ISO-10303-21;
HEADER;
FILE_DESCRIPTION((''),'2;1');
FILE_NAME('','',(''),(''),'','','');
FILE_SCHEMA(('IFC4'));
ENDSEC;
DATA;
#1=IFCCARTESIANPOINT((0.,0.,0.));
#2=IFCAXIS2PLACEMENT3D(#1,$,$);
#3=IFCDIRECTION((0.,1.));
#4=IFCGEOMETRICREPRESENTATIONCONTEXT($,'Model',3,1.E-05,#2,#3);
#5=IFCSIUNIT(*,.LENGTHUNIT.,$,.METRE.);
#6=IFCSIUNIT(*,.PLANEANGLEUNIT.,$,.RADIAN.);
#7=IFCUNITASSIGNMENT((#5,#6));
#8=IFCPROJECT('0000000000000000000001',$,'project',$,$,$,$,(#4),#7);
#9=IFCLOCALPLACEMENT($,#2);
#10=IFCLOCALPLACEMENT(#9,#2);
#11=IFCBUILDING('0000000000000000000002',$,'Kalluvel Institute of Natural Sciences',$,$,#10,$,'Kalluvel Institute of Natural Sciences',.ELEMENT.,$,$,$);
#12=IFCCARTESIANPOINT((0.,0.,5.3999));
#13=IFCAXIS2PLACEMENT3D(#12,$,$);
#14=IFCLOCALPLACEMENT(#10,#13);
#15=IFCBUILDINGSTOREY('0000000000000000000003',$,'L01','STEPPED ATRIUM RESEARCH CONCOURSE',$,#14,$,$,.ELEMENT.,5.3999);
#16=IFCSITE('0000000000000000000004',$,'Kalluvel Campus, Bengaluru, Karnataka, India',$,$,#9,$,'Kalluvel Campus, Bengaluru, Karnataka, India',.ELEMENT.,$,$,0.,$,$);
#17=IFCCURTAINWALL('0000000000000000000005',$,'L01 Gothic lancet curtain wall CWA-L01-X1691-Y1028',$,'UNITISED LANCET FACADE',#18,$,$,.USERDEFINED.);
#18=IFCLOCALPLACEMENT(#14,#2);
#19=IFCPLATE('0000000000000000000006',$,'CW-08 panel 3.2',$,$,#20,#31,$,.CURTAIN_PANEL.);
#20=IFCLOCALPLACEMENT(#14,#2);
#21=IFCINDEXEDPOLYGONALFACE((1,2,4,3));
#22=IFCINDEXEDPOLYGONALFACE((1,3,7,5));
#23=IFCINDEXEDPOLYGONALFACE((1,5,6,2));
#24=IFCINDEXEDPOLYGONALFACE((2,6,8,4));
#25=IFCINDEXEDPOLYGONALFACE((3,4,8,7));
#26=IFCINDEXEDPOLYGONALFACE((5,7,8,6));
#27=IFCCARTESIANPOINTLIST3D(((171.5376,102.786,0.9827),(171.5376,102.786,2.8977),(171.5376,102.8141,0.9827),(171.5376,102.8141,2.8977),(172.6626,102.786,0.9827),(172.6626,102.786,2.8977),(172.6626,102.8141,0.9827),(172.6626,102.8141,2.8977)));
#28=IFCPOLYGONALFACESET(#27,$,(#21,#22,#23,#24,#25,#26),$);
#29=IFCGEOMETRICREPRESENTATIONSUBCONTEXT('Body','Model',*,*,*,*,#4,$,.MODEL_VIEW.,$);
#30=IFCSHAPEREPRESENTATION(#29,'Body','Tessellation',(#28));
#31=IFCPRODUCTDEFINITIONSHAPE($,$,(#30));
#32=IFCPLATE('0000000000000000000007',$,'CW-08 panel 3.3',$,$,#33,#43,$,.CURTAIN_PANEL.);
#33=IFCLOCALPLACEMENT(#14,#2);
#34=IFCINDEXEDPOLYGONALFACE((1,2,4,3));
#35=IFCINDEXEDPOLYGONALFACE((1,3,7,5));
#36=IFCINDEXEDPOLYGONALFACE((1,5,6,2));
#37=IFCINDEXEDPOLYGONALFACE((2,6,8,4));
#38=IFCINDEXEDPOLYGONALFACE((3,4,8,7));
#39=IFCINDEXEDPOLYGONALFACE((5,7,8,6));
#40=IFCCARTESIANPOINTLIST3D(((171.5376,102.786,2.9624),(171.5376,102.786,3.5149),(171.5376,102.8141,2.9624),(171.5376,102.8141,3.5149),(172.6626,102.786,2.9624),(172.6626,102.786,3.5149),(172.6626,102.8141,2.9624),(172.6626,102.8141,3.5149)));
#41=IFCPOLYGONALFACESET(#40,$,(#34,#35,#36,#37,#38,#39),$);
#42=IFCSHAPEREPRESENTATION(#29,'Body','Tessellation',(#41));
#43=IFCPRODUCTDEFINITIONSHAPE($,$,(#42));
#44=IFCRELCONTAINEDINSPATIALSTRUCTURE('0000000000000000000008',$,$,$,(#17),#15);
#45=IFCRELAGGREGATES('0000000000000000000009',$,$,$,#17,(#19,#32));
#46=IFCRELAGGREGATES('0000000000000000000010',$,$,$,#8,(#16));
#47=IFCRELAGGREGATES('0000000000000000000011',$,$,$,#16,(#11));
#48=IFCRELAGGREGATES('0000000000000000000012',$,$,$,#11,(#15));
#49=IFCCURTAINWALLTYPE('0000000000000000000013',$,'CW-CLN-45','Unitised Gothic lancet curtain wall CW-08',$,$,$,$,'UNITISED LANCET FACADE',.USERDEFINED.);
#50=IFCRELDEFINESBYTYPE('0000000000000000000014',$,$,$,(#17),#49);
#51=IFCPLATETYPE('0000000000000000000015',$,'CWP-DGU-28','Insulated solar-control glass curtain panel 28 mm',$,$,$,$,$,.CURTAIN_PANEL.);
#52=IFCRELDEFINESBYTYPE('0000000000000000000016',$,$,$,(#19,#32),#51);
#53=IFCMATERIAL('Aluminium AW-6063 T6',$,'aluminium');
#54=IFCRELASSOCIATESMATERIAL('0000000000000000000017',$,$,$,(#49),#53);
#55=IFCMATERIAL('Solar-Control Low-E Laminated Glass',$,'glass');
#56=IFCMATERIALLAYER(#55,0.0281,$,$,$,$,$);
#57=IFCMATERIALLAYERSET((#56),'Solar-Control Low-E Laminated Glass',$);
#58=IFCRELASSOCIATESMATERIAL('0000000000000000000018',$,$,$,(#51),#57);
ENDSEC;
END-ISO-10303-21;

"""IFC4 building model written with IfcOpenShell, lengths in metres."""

from ifc_helpers import new_model, si_unit, direction, frame, origin, origin_2d, place, context, subcontext, project, spatial, rectangle, extrude, material, layer, layer_set, type_object, element, aggregate, save


model = new_model("IFC4")

# Units and contexts
model_context = context("Model", 3, precision=1e-05, world=origin(), true_north=direction((0.0, 1.0)))
body_context = subcontext(model_context, "Body", "Model", "MODEL_VIEW")
ifc_project = project(units=[si_unit("LENGTHUNIT", "METRE"), si_unit("PLANEANGLEUNIT", "RADIAN")], contexts=[model_context])

# Site, building, storey
site_placement = place(None, origin())
site = spatial("IfcSite", under=ifc_project, at=site_placement, Name="Kalluvel Campus, Bengaluru, Karnataka, India", LongName="Kalluvel Campus, Bengaluru, Karnataka, India", CompositionType="ELEMENT", RefElevation=0.0)
building_placement = place(site_placement, origin())
building = spatial("IfcBuilding", under=site, at=building_placement, Name="Kalluvel Institute of Natural Sciences", LongName="Kalluvel Institute of Natural Sciences", CompositionType="ELEMENT")
storey_placement = place(building_placement, frame((0.0, 0.0, 5.3999)))
storey = spatial("IfcBuildingStorey", under=building, at=storey_placement, Name="L01", Description="STEPPED ATRIUM RESEARCH CONCOURSE", CompositionType="ELEMENT", Elevation=5.3999)

# Curtain wall, plates
ifc_material_1 = material(Name="Aluminium AW-6063 T6", Category="aluminium")
curtain_wall_type = type_object("IfcCurtainWallType", Name="CW-CLN-45", Description="Unitised Gothic lancet curtain wall CW-08", ElementType="UNITISED LANCET FACADE", PredefinedType="USERDEFINED", material=ifc_material_1)
curtain_wall_placement = place(storey_placement, origin())
curtain_wall = element("IfcCurtainWall", 1, at=curtain_wall_placement, inside=storey, type_object=curtain_wall_type, Name="L01 Gothic lancet curtain wall CWA-L01-X1691-Y1028", ObjectType="UNITISED LANCET FACADE", PredefinedType="USERDEFINED")
ifc_material_2 = material(Name="Solar-Control Low-E Laminated Glass", Category="glass")
ifc_layer = layer(ifc_material_2, 0.0281)
ifc_layer_set = layer_set([ifc_layer], Name="Solar-Control Low-E Laminated Glass")
plate_type = type_object("IfcPlateType", Name="CWP-DGU-28", Description="Insulated solar-control glass curtain panel 28 mm", PredefinedType="CURTAIN_PANEL", material=ifc_layer_set)
plate_1_placement = place(storey_placement, frame((172.1001, 102.8, 0.9827), z_axis=(0.0, 0.0, 1.0), x_axis=(1.0, 0.0, 0.0)))
plate_1 = element("IfcPlate", 2, at=plate_1_placement, type_object=plate_type, Name="CW-08 panel 3.2", PredefinedType="CURTAIN_PANEL", context=body_context, shape_type="SweptSolid", body=[
    extrude(rectangle(XDim=1.125, YDim=0.0281, at=origin_2d()), origin(), (0.0, 0.0, 1.0), 1.915),
])
plate_2_placement = place(storey_placement, frame((172.1001, 102.8, 2.9624), z_axis=(0.0, 0.0, 1.0), x_axis=(1.0, 0.0, 0.0)))
plate_2 = element("IfcPlate", 3, at=plate_2_placement, type_object=plate_type, Name="CW-08 panel 3.3", PredefinedType="CURTAIN_PANEL", context=body_context, shape_type="SweptSolid", body=[
    extrude(rectangle(XDim=1.125, YDim=0.0281, at=origin_2d()), origin(), (0.0, 0.0, 1.0), 0.5525),
])
aggregate(curtain_wall, [plate_1, plate_2])

save(model, "model.ifc")
